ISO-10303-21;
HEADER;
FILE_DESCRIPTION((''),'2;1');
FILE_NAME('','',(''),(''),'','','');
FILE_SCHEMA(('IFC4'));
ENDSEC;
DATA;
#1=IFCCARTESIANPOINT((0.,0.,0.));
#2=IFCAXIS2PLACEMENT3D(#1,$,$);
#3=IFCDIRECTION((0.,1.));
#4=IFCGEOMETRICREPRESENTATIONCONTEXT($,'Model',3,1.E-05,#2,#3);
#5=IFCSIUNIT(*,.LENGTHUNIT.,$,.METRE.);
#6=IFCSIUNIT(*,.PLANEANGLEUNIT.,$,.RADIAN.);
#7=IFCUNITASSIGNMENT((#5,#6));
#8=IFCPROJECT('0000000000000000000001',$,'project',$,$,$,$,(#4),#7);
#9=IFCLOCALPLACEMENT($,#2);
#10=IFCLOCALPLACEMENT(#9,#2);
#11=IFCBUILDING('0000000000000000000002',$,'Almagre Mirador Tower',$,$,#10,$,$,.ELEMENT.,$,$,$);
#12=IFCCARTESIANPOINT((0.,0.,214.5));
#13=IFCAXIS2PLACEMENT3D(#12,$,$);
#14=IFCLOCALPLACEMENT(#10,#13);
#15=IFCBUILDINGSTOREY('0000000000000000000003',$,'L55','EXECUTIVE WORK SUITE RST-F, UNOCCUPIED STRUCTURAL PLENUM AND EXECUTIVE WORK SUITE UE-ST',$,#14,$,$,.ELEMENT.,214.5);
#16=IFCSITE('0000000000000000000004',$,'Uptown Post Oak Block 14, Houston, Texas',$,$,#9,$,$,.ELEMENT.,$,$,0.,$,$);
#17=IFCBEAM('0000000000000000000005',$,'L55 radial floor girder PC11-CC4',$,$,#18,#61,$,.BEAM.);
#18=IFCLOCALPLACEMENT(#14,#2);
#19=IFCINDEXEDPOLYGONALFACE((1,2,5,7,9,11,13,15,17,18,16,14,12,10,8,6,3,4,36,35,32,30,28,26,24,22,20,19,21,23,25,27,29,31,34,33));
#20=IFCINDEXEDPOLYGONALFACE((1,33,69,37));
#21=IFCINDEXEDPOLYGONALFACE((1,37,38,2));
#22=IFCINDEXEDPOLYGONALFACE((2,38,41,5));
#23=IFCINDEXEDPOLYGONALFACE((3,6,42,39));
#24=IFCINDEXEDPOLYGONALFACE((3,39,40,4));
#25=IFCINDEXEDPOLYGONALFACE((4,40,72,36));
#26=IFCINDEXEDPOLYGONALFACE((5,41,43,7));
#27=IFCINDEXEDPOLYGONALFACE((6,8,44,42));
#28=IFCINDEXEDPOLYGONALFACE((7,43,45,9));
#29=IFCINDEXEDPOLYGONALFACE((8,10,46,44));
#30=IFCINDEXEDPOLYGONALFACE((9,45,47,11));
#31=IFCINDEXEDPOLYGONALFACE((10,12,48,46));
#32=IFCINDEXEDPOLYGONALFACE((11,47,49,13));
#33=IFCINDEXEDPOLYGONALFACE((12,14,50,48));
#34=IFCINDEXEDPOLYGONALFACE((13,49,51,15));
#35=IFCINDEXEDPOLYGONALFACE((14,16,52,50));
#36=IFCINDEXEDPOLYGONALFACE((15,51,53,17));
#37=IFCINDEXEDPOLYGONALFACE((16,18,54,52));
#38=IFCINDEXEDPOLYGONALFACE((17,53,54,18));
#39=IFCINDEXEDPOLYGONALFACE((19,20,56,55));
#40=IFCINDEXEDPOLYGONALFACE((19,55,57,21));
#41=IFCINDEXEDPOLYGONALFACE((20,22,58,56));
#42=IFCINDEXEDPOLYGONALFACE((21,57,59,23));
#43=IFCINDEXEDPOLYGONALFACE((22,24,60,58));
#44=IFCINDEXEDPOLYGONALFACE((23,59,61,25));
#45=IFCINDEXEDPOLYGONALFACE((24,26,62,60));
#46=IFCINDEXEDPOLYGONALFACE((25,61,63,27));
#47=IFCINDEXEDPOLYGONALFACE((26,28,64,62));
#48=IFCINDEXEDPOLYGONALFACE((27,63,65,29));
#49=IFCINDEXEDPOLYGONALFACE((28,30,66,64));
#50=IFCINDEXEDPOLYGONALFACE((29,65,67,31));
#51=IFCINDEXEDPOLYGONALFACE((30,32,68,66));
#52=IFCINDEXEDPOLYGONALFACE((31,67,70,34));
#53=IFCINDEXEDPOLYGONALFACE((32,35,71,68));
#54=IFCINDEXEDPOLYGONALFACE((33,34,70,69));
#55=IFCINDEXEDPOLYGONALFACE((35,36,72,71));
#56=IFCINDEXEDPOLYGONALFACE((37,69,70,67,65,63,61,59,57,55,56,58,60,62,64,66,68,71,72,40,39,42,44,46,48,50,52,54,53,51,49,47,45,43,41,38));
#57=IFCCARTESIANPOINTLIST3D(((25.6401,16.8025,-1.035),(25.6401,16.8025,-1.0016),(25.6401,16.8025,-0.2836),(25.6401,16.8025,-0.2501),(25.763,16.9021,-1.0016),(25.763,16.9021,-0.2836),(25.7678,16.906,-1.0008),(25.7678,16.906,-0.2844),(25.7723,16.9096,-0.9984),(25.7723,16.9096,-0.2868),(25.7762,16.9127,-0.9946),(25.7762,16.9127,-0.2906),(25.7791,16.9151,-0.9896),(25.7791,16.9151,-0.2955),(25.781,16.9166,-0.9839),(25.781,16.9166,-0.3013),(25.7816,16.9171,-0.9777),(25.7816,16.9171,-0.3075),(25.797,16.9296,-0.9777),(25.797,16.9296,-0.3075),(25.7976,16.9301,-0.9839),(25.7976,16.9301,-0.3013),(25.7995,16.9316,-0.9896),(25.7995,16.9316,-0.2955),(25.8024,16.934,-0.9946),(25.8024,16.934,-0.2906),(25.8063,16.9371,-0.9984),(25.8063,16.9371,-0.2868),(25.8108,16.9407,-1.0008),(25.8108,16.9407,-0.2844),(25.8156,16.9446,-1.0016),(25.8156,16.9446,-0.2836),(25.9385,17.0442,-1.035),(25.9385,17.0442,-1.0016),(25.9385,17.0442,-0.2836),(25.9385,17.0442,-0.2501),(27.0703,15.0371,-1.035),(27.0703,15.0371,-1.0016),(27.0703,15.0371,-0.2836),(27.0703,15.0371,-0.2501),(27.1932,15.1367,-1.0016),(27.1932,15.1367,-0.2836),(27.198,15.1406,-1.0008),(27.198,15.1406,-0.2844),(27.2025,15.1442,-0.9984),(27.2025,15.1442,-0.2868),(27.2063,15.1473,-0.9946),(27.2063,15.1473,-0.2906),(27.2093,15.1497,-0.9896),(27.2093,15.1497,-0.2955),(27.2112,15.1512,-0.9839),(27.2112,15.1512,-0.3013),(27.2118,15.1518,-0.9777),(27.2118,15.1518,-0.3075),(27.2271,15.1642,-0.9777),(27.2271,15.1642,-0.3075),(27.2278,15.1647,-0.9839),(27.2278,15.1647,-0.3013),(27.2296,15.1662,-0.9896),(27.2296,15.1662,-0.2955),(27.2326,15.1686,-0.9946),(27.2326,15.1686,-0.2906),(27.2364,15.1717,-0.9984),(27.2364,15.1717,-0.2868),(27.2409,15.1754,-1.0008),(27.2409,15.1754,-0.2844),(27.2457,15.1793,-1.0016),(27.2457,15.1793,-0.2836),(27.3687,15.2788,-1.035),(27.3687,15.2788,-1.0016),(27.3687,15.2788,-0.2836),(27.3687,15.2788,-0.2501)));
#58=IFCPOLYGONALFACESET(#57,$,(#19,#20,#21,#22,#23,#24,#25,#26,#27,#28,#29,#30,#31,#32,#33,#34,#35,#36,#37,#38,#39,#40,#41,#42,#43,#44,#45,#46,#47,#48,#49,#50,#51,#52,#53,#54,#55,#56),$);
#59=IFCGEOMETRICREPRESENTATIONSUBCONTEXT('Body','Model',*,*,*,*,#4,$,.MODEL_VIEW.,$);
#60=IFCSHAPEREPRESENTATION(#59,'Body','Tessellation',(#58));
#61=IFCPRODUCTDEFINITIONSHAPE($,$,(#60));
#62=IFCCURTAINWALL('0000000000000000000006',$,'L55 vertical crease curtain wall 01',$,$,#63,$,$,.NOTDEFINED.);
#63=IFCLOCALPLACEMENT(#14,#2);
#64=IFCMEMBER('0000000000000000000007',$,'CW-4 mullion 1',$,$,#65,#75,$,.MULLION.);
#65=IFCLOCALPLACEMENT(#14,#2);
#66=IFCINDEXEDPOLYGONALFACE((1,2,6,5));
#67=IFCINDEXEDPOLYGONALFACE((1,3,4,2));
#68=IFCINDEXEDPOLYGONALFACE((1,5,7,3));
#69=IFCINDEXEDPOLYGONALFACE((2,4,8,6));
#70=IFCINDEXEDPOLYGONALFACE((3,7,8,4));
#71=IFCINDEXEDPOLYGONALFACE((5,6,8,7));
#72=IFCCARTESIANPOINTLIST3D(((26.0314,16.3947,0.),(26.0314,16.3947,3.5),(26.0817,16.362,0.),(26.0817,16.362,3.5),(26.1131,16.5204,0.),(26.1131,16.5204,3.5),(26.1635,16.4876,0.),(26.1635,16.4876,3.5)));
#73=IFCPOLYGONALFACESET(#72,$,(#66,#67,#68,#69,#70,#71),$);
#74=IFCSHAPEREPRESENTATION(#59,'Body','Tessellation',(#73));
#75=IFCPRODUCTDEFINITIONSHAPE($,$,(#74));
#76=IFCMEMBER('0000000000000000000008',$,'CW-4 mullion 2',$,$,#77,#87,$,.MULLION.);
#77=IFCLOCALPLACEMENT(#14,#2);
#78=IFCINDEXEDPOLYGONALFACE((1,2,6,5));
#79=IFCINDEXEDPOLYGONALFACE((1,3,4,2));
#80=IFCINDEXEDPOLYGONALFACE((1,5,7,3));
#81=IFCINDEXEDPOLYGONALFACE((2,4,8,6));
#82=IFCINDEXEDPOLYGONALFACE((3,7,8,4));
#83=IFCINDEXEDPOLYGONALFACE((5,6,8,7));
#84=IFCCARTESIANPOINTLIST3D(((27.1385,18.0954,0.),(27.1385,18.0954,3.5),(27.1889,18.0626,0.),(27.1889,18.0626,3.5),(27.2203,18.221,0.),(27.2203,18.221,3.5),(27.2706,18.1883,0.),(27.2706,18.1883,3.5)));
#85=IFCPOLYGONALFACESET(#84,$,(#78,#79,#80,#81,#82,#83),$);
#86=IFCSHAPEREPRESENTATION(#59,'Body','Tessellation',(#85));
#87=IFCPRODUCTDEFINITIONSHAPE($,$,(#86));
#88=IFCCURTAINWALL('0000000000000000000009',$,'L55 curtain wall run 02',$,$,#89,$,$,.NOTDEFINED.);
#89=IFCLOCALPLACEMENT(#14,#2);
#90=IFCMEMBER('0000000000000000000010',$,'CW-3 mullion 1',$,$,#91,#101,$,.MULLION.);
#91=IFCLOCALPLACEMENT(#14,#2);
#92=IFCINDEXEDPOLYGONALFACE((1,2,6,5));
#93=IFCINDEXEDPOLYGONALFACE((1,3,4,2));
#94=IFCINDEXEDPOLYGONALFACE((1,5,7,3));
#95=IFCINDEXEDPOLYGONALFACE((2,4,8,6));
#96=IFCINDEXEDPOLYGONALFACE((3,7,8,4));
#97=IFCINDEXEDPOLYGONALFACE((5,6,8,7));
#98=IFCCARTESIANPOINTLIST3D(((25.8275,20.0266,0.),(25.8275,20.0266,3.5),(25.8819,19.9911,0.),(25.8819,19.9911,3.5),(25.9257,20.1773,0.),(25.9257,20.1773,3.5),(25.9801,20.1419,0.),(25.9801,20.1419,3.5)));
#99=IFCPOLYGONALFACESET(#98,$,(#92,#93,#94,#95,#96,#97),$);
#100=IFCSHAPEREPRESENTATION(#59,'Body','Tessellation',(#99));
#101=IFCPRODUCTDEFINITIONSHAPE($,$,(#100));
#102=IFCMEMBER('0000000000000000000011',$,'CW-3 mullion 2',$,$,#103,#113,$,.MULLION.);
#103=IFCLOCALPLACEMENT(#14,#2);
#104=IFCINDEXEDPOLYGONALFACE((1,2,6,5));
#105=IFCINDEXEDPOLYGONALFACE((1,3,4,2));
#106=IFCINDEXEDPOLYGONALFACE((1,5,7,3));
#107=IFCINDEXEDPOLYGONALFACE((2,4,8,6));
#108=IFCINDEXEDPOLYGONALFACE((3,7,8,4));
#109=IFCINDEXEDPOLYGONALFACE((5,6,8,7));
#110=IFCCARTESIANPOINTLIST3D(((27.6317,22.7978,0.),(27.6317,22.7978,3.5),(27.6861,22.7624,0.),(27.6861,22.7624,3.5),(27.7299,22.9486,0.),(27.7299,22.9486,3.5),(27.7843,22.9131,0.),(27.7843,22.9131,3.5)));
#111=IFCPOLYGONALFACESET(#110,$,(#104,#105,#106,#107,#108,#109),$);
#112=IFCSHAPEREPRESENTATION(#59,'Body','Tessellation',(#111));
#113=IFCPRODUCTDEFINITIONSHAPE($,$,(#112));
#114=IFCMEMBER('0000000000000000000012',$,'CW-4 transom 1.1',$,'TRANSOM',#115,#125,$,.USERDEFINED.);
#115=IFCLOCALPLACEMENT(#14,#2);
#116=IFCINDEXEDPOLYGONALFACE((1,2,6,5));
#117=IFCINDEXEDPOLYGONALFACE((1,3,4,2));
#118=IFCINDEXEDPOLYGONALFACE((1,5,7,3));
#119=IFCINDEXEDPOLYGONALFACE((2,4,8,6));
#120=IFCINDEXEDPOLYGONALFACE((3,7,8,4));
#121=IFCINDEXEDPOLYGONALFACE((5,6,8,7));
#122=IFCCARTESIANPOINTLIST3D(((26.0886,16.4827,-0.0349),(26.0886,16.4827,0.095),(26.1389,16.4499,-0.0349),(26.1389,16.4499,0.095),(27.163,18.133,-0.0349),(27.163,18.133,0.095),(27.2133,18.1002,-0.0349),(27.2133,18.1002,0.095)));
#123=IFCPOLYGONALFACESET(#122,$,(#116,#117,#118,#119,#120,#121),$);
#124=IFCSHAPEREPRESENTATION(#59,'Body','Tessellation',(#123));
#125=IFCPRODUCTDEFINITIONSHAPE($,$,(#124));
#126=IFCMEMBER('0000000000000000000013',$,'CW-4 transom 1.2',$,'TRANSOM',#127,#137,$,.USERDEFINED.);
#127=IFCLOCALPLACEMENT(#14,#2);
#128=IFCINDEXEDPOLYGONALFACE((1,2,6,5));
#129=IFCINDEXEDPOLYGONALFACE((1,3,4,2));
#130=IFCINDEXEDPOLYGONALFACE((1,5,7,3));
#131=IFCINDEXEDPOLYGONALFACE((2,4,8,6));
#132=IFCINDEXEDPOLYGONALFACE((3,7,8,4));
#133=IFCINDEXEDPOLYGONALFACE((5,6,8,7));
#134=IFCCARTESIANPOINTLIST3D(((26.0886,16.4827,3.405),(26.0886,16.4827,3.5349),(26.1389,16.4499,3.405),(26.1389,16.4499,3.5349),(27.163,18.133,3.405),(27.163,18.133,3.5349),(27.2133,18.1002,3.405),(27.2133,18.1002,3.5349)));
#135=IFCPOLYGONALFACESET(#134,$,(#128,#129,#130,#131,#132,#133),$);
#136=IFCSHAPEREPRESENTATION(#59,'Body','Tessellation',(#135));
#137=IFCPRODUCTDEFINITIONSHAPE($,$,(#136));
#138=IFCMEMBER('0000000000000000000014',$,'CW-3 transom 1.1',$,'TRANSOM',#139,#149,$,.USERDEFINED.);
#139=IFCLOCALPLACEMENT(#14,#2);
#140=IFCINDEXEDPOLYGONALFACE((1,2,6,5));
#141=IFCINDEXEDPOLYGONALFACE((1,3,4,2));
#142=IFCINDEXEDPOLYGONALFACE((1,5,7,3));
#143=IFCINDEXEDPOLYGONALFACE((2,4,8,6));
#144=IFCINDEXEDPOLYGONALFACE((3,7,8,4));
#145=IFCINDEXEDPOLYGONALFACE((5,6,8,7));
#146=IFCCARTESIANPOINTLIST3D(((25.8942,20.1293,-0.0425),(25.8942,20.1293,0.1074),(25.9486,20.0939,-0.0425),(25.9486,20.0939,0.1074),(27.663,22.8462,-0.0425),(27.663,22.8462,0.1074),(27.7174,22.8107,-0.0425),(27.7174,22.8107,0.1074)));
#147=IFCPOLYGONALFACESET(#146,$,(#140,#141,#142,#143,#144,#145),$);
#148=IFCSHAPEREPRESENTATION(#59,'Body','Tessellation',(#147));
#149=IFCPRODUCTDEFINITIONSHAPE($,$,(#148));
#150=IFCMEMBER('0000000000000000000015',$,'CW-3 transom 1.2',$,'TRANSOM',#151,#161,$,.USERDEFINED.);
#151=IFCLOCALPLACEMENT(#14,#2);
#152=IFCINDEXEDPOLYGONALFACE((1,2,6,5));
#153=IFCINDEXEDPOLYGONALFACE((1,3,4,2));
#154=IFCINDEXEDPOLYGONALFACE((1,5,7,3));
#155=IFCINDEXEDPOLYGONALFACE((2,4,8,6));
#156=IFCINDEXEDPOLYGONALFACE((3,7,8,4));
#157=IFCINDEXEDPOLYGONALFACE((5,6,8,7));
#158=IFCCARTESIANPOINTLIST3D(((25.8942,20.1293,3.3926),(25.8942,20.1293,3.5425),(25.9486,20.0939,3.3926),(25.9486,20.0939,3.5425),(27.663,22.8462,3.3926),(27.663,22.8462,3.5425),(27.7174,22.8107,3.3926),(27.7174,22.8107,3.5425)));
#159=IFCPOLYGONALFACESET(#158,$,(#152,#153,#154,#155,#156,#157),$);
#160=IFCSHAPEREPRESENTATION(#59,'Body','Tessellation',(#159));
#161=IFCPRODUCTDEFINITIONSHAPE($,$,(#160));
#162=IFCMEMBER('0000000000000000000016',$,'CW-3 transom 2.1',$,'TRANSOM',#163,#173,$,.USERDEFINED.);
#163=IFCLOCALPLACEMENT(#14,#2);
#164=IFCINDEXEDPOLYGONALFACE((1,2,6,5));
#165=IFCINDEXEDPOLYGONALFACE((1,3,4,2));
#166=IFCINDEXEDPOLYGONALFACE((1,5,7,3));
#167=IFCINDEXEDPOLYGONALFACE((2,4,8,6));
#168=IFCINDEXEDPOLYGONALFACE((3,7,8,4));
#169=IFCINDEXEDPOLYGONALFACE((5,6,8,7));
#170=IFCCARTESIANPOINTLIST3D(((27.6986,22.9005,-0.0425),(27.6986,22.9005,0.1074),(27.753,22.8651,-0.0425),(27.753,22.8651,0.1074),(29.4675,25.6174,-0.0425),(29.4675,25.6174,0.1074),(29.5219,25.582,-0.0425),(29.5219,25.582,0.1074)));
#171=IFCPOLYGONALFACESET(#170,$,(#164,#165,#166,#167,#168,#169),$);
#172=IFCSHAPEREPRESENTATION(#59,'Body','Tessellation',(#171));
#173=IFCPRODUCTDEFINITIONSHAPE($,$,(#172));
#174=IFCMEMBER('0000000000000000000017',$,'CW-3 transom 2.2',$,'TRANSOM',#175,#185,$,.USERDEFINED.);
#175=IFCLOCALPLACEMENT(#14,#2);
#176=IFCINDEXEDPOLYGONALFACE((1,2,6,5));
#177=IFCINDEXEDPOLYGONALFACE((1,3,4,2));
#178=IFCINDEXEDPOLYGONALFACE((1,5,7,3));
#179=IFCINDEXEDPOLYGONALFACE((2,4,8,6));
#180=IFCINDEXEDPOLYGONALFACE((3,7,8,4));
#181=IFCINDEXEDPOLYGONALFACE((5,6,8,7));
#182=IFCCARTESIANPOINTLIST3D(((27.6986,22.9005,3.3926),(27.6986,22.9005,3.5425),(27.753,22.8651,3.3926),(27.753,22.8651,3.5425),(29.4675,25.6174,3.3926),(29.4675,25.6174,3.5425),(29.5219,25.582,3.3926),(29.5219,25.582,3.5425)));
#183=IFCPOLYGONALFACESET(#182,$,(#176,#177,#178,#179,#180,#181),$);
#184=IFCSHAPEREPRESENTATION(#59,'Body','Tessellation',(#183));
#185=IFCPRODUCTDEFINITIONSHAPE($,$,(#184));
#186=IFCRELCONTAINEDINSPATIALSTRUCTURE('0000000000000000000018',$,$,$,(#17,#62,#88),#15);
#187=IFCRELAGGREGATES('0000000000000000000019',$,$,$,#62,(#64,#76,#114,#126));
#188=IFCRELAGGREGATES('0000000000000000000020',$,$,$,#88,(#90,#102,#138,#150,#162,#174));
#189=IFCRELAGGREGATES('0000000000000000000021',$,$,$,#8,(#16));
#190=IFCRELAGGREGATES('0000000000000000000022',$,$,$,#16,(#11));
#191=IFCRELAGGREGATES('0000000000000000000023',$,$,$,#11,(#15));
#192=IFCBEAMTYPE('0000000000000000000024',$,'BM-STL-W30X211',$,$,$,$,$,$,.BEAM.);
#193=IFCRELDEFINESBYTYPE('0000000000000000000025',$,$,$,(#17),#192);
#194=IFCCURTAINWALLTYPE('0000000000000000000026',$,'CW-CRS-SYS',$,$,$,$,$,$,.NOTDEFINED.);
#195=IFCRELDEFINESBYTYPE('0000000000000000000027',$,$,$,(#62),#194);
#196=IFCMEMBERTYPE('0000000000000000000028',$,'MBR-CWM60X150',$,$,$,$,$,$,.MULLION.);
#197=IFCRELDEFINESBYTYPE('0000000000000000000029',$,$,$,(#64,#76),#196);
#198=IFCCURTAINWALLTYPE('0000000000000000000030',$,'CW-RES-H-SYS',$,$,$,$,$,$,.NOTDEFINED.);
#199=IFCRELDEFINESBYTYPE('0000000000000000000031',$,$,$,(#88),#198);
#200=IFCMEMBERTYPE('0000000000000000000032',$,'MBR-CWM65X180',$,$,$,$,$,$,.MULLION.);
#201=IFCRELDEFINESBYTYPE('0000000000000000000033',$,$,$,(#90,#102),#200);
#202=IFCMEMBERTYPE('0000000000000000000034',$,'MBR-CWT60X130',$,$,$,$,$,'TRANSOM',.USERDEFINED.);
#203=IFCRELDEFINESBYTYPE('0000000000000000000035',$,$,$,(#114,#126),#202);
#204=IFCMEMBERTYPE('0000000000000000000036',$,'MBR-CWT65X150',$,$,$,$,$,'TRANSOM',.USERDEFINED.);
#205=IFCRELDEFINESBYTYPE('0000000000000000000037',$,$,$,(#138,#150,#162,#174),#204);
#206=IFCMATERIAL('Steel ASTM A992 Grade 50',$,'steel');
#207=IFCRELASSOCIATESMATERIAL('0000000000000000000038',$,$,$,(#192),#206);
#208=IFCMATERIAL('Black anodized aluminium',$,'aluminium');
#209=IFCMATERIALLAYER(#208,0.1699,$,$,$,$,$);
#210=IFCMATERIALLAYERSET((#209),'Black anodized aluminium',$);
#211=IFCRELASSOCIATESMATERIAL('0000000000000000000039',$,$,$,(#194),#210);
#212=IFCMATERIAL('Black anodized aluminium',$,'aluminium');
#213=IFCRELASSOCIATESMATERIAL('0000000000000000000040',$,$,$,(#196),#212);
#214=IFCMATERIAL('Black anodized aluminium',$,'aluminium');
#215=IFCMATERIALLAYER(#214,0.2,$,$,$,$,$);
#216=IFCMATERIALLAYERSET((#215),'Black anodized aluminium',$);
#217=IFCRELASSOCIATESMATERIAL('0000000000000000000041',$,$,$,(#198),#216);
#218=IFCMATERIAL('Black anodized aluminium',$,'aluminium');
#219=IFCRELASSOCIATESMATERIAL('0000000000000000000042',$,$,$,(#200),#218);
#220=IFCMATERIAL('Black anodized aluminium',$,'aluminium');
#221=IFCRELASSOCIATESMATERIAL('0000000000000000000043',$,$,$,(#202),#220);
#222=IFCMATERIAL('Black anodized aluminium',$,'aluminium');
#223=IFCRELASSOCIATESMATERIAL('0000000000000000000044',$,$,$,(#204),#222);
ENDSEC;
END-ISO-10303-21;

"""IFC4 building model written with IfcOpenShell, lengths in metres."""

from ifc_helpers import new_model, si_unit, direction, frame, origin, origin_2d, place, context, subcontext, project, spatial, rectangle, i_section, extrude, material, layer, layer_set, material_profile, profile_set, type_object, element, aggregate, save


model = new_model("IFC4")

# Units and contexts
model_context = context("Model", 3, precision=1e-05, world=origin(), true_north=direction((0.0, 1.0)))
body_context = subcontext(model_context, "Body", "Model", "MODEL_VIEW")
ifc_project = project(units=[si_unit("LENGTHUNIT", "METRE"), si_unit("PLANEANGLEUNIT", "RADIAN")], contexts=[model_context])

# Site, building, storey
site_placement = place(None, origin())
site = spatial("IfcSite", under=ifc_project, at=site_placement, Name="Uptown Post Oak Block 14, Houston, Texas", CompositionType="ELEMENT", RefElevation=0.0)
building_placement = place(site_placement, origin())
building = spatial("IfcBuilding", under=site, at=building_placement, Name="Almagre Mirador Tower", CompositionType="ELEMENT")
storey_placement = place(building_placement, frame((0.0, 0.0, 214.5)))
storey = spatial("IfcBuildingStorey", under=building, at=storey_placement, Name="L55", Description="EXECUTIVE WORK SUITE RST-F, UNOCCUPIED STRUCTURAL PLENUM AND EXECUTIVE WORK SUITE UE-ST", CompositionType="ELEMENT", Elevation=214.5)

# Beam
ifc_material_1 = material(Name="Steel ASTM A992 Grade 50", Category="steel")
ifc_material_profile_1 = material_profile(ifc_material_1, i_section(OverallWidth=0.384, OverallDepth=0.7849, WebThickness=0.0198, FlangeThickness=0.0334, FilletRadius=0.0239, at=origin_2d()), Name="W30X211")
ifc_profile_set_1 = profile_set([ifc_material_profile_1], Name="Steel ASTM A992 Grade 50")
beam_type = type_object("IfcBeamType", Name="BM-STL-W30X211", PredefinedType="BEAM", material=ifc_profile_set_1)
beam_1_placement = place(storey_placement, frame((25.7893, 16.9233, -0.6426), z_axis=(0.629479, -0.777017, 0.0), x_axis=(0.777017, 0.629479, 0.0)))
element("IfcBeam", 1, at=beam_1_placement, inside=storey, type_object=beam_type, Name="L55 radial floor girder PC11-CC4", PredefinedType="BEAM", context=body_context, shape_type="SweptSolid", body=[
    extrude(i_section(OverallWidth=0.384, OverallDepth=0.7849, WebThickness=0.0198, FlangeThickness=0.0334, FilletRadius=0.0239, at=origin_2d()), origin(), (0.0, 0.0, 1.0), 2.272),
])

# Curtain walls, members
ifc_material_2 = material(Name="Black anodized aluminium", Category="aluminium")
ifc_layer_1 = layer(ifc_material_2, 0.1699)
ifc_layer_set_1 = layer_set([ifc_layer_1], Name="Black anodized aluminium")
curtain_wall_type_1 = type_object("IfcCurtainWallType", Name="CW-CRS-SYS", PredefinedType="NOTDEFINED", material=ifc_layer_set_1)
curtain_wall_1_placement = place(storey_placement, origin())
curtain_wall_1 = element("IfcCurtainWall", 2, at=curtain_wall_1_placement, inside=storey, type_object=curtain_wall_type_1, Name="L55 vertical crease curtain wall 01", PredefinedType="NOTDEFINED")
ifc_material_3 = material(Name="Black anodized aluminium", Category="aluminium")
ifc_material_profile_2 = material_profile(ifc_material_3, rectangle(XDim=0.0601, YDim=0.1499, at=origin_2d()), Name="CWM60X150")
ifc_profile_set_2 = profile_set([ifc_material_profile_2], Name="Black anodized aluminium")
member_type_1 = type_object("IfcMemberType", Name="MBR-CWM60X150", PredefinedType="MULLION", material=ifc_profile_set_2)
member_1_placement = place(storey_placement, frame((26.0974, 16.4412, 0.0), z_axis=(0.0, 0.0, 1.0), x_axis=(-0.838039, 0.545611, 0.0)))
member_1 = element("IfcMember", 3, at=member_1_placement, type_object=member_type_1, Name="CW-4 mullion 1", PredefinedType="MULLION", context=body_context, shape_type="SweptSolid", body=[
    extrude(rectangle(XDim=0.0601, YDim=0.1499, at=origin_2d()), origin(), (0.0, 0.0, 1.0), 3.5),
])
member_2_placement = place(storey_placement, frame((27.2046, 18.1418, 0.0), z_axis=(0.0, 0.0, 1.0), x_axis=(-0.838039, 0.545611, 0.0)))
member_2 = element("IfcMember", 4, at=member_2_placement, type_object=member_type_1, Name="CW-4 mullion 2", PredefinedType="MULLION", context=body_context, shape_type="SweptSolid", body=[
    extrude(rectangle(XDim=0.0601, YDim=0.1499, at=origin_2d()), origin(), (0.0, 0.0, 1.0), 3.5),
])
ifc_material_4 = material(Name="Black anodized aluminium", Category="aluminium")
ifc_layer_2 = layer(ifc_material_4, 0.2)
ifc_layer_set_2 = layer_set([ifc_layer_2], Name="Black anodized aluminium")
curtain_wall_type_2 = type_object("IfcCurtainWallType", Name="CW-RES-H-SYS", PredefinedType="NOTDEFINED", material=ifc_layer_set_2)
curtain_wall_2_placement = place(storey_placement, origin())
curtain_wall_2 = element("IfcCurtainWall", 5, at=curtain_wall_2_placement, inside=storey, type_object=curtain_wall_type_2, Name="L55 curtain wall run 02", PredefinedType="NOTDEFINED")
ifc_material_5 = material(Name="Black anodized aluminium", Category="aluminium")
ifc_material_profile_3 = material_profile(ifc_material_5, rectangle(XDim=0.0649, YDim=0.1799, at=origin_2d()), Name="CWM65X180")
ifc_profile_set_3 = profile_set([ifc_material_profile_3], Name="Black anodized aluminium")
member_type_2 = type_object("IfcMemberType", Name="MBR-CWM65X180", PredefinedType="MULLION", material=ifc_profile_set_3)
member_3_placement = place(storey_placement, frame((25.9038, 20.0842, 0.0), z_axis=(0.0, 0.0, 1.0), x_axis=(-0.838036, 0.545614, 0.0)))
member_3 = element("IfcMember", 6, at=member_3_placement, type_object=member_type_2, Name="CW-3 mullion 1", PredefinedType="MULLION", context=body_context, shape_type="SweptSolid", body=[
    extrude(rectangle(XDim=0.0649, YDim=0.1799, at=origin_2d()), origin(), (0.0, 0.0, 1.0), 3.5),
])
member_4_placement = place(storey_placement, frame((27.708, 22.8555, 0.0), z_axis=(0.0, 0.0, 1.0), x_axis=(-0.838036, 0.545614, 0.0)))
member_4 = element("IfcMember", 7, at=member_4_placement, type_object=member_type_2, Name="CW-3 mullion 2", PredefinedType="MULLION", context=body_context, shape_type="SweptSolid", body=[
    extrude(rectangle(XDim=0.0649, YDim=0.1799, at=origin_2d()), origin(), (0.0, 0.0, 1.0), 3.5),
])

# Members
ifc_material_6 = material(Name="Black anodized aluminium", Category="aluminium")
ifc_material_profile_4 = material_profile(ifc_material_6, rectangle(XDim=0.0601, YDim=0.1299, at=origin_2d()), Name="CWT60X130")
ifc_profile_set_4 = profile_set([ifc_material_profile_4], Name="Black anodized aluminium")
member_type_3 = type_object("IfcMemberType", Name="MBR-CWT60X130", ElementType="TRANSOM", PredefinedType="USERDEFINED", material=ifc_profile_set_4)
member_5_placement = place(storey_placement, frame((26.1138, 16.4663, 0.03), z_axis=(0.545598, 0.838047, 0.0), x_axis=(-0.838047, 0.545598, 0.0)))
member_5 = element("IfcMember", 8, at=member_5_placement, type_object=member_type_3, Name="CW-4 transom 1.1", ObjectType="TRANSOM", PredefinedType="USERDEFINED", context=body_context, shape_type="SweptSolid", body=[
    extrude(rectangle(XDim=0.0601, YDim=0.1299, at=origin_2d()), origin(), (0.0, 0.0, 1.0), 1.9692),
])
member_6_placement = place(storey_placement, frame((26.1138, 16.4663, 3.47), z_axis=(0.545598, 0.838047, 0.0), x_axis=(-0.838047, 0.545598, 0.0)))
member_6 = element("IfcMember", 9, at=member_6_placement, type_object=member_type_3, Name="CW-4 transom 1.2", ObjectType="TRANSOM", PredefinedType="USERDEFINED", context=body_context, shape_type="SweptSolid", body=[
    extrude(rectangle(XDim=0.0601, YDim=0.1299, at=origin_2d()), origin(), (0.0, 0.0, 1.0), 1.9692),
])
ifc_material_7 = material(Name="Black anodized aluminium", Category="aluminium")
ifc_material_profile_5 = material_profile(ifc_material_7, rectangle(XDim=0.0649, YDim=0.1499, at=origin_2d()), Name="CWT65X150")
ifc_profile_set_5 = profile_set([ifc_material_profile_5], Name="Black anodized aluminium")
member_type_4 = type_object("IfcMemberType", Name="MBR-CWT65X150", ElementType="TRANSOM", PredefinedType="USERDEFINED", material=ifc_profile_set_5)
member_7_placement = place(storey_placement, frame((25.9214, 20.1116, 0.0325), z_axis=(0.545613, 0.838037, 0.0), x_axis=(-0.838037, 0.545613, 0.0)))
member_7 = element("IfcMember", 10, at=member_7_placement, type_object=member_type_4, Name="CW-3 transom 1.1", ObjectType="TRANSOM", PredefinedType="USERDEFINED", context=body_context, shape_type="SweptSolid", body=[
    extrude(rectangle(XDim=0.0649, YDim=0.1499, at=origin_2d()), origin(), (0.0, 0.0, 1.0), 3.2419),
])
member_8_placement = place(storey_placement, frame((25.9214, 20.1116, 3.4675), z_axis=(0.545613, 0.838037, 0.0), x_axis=(-0.838037, 0.545613, 0.0)))
member_8 = element("IfcMember", 11, at=member_8_placement, type_object=member_type_4, Name="CW-3 transom 1.2", ObjectType="TRANSOM", PredefinedType="USERDEFINED", context=body_context, shape_type="SweptSolid", body=[
    extrude(rectangle(XDim=0.0649, YDim=0.1499, at=origin_2d()), origin(), (0.0, 0.0, 1.0), 3.2419),
])
member_9_placement = place(storey_placement, frame((27.7258, 22.8828, 0.0325), z_axis=(0.545613, 0.838037, 0.0), x_axis=(-0.838037, 0.545613, 0.0)))
member_9 = element("IfcMember", 12, at=member_9_placement, type_object=member_type_4, Name="CW-3 transom 2.1", ObjectType="TRANSOM", PredefinedType="USERDEFINED", context=body_context, shape_type="SweptSolid", body=[
    extrude(rectangle(XDim=0.0649, YDim=0.1499, at=origin_2d()), origin(), (0.0, 0.0, 1.0), 3.2419),
])
member_10_placement = place(storey_placement, frame((27.7258, 22.8828, 3.4675), z_axis=(0.545613, 0.838037, 0.0), x_axis=(-0.838037, 0.545613, 0.0)))
member_10 = element("IfcMember", 13, at=member_10_placement, type_object=member_type_4, Name="CW-3 transom 2.2", ObjectType="TRANSOM", PredefinedType="USERDEFINED", context=body_context, shape_type="SweptSolid", body=[
    extrude(rectangle(XDim=0.0649, YDim=0.1499, at=origin_2d()), origin(), (0.0, 0.0, 1.0), 3.2419),
])

aggregate(curtain_wall_1, [member_1, member_2, member_5, member_6])
aggregate(curtain_wall_2, [member_3, member_4, member_7, member_8, member_9, member_10])

save(model, "model.ifc")
